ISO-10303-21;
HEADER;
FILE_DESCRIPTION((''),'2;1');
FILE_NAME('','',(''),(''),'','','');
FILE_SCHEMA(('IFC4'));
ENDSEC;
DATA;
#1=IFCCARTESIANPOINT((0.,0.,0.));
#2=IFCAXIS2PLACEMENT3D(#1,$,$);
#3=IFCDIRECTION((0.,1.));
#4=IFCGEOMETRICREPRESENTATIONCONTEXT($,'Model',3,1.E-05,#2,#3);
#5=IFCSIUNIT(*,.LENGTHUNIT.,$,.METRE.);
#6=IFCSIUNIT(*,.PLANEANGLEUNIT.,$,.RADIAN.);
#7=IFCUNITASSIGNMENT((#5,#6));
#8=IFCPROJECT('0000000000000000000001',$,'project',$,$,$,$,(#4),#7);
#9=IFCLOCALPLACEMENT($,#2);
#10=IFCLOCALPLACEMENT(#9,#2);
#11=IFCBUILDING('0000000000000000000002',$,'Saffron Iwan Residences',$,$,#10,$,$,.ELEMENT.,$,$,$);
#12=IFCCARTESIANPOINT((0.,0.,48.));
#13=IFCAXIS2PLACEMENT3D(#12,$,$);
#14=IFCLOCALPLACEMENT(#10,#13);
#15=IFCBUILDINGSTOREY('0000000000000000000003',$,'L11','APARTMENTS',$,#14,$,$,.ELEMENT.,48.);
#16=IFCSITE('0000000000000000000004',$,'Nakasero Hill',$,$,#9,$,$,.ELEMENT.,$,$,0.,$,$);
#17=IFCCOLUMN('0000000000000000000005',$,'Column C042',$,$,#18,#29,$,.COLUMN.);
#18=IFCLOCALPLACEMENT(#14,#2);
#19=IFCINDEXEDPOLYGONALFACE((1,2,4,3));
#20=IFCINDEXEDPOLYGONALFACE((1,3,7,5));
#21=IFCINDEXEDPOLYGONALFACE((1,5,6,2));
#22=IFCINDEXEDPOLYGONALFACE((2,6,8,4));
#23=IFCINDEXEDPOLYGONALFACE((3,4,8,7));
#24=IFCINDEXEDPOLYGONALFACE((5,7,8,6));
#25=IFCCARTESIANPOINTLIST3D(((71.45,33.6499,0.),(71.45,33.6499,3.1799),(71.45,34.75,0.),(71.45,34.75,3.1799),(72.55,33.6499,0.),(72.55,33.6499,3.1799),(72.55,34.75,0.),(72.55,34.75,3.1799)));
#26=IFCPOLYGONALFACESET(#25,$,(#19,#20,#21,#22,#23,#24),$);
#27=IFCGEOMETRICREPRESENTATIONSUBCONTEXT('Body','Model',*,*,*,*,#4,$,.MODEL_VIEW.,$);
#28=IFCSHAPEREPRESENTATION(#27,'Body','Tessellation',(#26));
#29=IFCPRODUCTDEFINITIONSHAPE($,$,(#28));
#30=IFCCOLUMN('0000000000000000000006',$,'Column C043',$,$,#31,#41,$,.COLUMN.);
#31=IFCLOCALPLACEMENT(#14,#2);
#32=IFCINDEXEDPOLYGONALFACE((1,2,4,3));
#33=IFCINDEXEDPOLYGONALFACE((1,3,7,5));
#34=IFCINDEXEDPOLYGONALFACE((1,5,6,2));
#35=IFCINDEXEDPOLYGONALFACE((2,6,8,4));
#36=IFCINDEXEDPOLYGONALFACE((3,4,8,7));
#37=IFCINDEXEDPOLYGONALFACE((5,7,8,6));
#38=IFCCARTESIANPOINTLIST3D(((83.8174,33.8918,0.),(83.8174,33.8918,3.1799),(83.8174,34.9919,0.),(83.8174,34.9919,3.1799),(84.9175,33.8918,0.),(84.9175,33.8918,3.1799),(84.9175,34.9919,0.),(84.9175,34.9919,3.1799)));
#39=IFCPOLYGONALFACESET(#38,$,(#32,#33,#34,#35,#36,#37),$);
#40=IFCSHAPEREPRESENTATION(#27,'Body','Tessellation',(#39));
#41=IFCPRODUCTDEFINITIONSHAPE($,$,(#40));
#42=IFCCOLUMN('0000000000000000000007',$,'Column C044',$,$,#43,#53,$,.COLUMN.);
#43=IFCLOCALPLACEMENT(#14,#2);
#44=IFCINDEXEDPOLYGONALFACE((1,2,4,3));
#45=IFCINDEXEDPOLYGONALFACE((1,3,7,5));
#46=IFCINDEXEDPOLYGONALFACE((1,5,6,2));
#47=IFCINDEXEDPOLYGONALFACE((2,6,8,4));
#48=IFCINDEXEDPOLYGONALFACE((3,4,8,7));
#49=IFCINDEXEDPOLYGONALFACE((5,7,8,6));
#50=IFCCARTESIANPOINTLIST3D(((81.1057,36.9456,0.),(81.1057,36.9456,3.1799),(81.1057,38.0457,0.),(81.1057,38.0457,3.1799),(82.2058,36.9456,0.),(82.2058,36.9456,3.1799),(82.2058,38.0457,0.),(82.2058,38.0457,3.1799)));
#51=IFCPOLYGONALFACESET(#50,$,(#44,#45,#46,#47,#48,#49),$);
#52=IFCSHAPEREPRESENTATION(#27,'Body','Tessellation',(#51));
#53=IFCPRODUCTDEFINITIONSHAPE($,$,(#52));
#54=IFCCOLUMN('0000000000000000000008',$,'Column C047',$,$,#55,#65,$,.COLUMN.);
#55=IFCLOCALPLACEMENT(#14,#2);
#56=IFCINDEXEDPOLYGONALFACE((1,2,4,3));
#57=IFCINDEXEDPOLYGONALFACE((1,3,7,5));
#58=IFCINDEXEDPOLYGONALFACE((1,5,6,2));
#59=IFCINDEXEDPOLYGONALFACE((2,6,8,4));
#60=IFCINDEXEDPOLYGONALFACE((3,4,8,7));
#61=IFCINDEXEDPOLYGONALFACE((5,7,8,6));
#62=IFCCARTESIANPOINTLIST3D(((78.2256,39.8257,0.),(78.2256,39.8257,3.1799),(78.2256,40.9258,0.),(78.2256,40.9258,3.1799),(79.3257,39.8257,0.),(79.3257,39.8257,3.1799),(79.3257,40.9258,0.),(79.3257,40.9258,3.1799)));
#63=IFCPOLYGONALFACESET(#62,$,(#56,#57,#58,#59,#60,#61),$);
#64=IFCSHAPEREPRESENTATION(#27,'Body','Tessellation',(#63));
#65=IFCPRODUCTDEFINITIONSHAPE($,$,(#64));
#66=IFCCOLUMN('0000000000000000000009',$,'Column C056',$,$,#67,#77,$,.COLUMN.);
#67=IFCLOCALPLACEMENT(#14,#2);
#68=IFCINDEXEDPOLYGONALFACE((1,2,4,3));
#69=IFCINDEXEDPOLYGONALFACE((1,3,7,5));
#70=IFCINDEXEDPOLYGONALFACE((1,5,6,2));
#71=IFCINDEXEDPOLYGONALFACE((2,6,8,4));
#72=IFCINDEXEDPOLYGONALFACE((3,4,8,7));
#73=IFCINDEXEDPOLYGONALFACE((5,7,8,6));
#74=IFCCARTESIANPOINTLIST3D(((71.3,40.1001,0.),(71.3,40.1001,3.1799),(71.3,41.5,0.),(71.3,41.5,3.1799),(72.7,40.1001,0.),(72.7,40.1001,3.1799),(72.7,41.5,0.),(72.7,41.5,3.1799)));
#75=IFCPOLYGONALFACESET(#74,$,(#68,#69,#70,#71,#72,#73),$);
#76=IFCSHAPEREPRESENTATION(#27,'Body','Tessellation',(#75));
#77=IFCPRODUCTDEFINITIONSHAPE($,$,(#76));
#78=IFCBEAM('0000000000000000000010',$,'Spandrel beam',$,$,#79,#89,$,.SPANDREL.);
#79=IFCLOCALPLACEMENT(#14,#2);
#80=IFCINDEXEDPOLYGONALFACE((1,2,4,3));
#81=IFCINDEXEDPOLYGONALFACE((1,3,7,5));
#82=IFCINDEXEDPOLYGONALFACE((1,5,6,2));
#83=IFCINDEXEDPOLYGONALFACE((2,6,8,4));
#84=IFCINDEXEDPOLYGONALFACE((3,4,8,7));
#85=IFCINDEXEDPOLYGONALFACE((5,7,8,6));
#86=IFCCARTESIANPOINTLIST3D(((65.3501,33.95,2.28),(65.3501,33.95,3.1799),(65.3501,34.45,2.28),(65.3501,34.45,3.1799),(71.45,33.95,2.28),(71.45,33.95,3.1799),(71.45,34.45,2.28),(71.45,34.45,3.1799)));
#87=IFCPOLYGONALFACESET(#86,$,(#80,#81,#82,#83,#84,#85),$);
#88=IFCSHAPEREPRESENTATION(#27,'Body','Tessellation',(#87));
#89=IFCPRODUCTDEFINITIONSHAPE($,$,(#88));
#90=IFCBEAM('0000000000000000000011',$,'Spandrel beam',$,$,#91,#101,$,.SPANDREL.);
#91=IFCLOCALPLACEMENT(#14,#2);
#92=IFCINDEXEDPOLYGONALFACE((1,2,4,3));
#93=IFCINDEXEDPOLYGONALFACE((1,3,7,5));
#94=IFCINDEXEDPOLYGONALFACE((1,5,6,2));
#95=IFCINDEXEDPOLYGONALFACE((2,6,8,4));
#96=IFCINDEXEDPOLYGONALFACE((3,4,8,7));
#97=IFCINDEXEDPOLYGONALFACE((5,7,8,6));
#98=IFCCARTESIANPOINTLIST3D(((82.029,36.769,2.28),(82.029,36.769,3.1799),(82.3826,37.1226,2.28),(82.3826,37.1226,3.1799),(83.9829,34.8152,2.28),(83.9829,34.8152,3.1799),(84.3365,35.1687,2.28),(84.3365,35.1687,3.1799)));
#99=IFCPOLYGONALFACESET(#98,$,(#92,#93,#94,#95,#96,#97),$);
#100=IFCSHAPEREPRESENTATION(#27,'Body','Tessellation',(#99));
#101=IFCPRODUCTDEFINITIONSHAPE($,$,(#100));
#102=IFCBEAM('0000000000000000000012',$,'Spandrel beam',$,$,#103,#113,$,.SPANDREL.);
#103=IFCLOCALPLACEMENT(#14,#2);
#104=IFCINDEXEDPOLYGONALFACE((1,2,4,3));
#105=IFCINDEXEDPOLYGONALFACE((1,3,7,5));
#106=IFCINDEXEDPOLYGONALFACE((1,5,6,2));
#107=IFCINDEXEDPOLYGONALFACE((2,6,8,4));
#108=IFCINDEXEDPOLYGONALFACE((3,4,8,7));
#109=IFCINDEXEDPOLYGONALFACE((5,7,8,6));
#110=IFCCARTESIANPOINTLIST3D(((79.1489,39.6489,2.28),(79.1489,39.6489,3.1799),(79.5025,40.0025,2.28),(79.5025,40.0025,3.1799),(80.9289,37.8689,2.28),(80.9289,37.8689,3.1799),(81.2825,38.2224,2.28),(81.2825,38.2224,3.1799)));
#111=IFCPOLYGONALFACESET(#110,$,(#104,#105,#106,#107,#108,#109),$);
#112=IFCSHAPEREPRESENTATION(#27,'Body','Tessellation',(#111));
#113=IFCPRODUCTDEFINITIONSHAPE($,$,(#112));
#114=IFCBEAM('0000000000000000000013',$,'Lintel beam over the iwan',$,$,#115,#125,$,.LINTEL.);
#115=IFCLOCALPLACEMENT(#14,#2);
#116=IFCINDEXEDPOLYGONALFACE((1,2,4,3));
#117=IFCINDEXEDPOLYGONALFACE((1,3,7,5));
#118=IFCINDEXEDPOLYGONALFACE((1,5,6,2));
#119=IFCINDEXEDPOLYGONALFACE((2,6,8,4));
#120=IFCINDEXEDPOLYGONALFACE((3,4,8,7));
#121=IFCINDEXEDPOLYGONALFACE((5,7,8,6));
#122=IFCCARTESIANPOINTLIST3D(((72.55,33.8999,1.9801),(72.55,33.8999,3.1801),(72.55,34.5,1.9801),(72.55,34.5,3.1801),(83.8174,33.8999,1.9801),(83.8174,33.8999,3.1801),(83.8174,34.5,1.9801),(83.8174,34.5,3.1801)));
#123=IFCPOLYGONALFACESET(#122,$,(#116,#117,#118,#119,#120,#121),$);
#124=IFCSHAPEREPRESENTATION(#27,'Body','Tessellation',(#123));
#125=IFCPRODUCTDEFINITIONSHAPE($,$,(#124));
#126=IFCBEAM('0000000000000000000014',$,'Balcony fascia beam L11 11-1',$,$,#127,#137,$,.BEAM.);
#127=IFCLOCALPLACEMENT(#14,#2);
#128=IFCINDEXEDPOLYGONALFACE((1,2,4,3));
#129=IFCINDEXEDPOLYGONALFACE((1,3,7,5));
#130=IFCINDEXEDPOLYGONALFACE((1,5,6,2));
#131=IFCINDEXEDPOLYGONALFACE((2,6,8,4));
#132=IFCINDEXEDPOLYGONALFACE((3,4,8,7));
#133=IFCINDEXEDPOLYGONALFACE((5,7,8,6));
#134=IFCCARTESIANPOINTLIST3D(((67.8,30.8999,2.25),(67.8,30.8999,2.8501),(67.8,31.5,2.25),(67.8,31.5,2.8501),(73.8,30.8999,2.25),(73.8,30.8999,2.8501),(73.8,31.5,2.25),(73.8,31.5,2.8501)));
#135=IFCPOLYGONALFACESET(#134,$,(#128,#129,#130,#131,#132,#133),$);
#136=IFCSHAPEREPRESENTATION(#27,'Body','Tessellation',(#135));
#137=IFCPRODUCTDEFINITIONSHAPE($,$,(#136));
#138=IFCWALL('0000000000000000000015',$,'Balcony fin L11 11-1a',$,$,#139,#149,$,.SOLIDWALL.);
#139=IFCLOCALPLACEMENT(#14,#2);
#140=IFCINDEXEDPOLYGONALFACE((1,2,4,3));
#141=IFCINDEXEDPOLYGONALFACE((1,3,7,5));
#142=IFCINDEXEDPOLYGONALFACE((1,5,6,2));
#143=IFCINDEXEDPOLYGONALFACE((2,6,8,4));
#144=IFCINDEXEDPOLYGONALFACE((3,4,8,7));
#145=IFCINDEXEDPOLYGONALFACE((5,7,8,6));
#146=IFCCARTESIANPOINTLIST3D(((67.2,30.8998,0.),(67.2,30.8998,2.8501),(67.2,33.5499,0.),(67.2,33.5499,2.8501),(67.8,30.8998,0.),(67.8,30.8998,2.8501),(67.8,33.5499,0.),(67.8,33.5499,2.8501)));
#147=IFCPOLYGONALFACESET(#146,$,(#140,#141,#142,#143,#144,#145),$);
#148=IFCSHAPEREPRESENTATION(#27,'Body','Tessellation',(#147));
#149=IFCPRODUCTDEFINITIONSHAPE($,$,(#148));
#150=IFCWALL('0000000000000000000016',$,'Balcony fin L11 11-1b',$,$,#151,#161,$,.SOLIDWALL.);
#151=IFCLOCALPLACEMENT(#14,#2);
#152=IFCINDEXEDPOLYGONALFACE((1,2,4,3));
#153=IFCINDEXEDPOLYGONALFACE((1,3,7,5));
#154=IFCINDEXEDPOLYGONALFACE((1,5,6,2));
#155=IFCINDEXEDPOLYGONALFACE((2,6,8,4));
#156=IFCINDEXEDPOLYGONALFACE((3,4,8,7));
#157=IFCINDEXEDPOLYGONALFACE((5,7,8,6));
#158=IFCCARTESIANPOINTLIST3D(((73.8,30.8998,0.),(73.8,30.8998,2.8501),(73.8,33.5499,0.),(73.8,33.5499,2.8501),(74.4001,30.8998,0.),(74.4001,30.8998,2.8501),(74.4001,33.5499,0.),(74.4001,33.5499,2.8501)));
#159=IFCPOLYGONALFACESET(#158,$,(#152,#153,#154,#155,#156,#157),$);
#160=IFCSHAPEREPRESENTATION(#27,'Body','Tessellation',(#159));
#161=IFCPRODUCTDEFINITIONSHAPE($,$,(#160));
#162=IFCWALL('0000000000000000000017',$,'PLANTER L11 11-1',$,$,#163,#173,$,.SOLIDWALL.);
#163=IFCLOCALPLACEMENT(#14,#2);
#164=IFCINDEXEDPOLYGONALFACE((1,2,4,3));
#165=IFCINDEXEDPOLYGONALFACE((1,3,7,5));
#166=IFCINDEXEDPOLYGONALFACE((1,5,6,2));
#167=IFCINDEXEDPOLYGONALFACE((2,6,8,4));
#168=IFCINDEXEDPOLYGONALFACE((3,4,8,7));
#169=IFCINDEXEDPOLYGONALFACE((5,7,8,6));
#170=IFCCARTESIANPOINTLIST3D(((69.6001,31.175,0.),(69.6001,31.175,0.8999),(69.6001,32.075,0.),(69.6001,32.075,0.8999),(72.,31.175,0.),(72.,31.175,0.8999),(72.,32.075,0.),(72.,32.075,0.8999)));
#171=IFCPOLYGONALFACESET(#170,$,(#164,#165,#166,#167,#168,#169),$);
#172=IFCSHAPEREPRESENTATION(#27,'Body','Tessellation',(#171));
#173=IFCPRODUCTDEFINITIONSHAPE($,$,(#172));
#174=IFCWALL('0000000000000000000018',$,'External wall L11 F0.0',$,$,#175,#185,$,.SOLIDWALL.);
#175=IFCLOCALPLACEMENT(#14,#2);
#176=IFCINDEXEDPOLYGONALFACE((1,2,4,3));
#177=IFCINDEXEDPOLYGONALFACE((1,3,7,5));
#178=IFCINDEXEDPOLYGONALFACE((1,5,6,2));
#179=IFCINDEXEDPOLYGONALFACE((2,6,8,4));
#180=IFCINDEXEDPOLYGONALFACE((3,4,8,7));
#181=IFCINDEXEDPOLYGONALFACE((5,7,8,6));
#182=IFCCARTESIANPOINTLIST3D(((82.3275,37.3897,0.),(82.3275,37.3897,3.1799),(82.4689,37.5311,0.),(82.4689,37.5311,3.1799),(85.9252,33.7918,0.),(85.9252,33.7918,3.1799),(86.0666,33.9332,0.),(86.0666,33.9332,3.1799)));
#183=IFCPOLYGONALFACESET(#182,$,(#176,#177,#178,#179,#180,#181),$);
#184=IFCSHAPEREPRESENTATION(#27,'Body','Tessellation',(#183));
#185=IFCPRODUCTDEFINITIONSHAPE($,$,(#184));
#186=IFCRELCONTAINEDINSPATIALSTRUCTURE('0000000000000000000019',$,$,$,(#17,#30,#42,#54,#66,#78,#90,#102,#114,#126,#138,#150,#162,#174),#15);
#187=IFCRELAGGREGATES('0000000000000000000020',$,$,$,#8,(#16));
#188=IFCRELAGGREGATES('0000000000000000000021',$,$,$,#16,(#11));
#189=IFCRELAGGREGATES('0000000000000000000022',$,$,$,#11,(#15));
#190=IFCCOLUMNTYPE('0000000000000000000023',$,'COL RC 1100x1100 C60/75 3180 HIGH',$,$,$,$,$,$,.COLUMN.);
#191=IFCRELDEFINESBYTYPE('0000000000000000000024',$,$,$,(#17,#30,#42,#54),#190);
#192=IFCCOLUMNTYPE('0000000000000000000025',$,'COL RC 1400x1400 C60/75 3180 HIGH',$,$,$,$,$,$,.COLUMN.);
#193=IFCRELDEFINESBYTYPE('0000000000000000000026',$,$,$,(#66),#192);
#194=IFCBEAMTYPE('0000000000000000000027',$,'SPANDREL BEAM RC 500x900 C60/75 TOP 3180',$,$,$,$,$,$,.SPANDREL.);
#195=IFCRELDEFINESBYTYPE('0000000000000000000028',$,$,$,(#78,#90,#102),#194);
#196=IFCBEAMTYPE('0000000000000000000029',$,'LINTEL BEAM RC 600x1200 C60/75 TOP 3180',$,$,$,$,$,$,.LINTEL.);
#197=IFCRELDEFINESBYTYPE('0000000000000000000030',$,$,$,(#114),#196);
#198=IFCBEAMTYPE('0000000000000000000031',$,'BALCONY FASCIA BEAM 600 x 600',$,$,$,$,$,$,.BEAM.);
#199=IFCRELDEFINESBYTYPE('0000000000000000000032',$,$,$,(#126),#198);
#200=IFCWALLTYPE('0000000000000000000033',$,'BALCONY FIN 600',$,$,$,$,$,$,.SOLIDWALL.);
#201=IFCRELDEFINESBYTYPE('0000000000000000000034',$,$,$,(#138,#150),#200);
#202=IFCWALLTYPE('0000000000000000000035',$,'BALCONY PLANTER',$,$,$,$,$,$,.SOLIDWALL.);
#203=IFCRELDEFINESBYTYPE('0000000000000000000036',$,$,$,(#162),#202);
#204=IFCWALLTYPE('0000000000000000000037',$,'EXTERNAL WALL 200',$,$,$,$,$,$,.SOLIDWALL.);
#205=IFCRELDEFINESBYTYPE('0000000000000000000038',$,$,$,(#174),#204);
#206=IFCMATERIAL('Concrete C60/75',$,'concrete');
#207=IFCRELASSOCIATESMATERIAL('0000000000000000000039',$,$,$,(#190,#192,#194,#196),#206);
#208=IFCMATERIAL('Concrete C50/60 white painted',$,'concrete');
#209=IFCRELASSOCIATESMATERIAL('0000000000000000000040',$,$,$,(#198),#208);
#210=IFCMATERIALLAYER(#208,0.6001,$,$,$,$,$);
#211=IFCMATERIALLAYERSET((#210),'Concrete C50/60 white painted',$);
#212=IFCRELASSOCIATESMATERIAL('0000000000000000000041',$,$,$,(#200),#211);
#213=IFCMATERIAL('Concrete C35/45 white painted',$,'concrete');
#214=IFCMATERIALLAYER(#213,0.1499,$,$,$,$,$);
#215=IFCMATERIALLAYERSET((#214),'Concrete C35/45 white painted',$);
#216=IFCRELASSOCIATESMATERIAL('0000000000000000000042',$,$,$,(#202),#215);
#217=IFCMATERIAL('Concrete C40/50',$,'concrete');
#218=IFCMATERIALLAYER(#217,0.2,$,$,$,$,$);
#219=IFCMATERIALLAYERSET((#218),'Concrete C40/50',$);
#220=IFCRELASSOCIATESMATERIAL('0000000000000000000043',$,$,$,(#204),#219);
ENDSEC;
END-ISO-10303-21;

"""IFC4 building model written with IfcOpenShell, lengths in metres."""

from ifc_helpers import new_model, si_unit, direction, frame, frame_2d, origin, origin_2d, place, context, subcontext, project, spatial, rectangle, extrude, source, transform, mapped, material, layer, layer_set, material_profile, profile_set, type_object, element, save


model = new_model("IFC4")

# Units and contexts
model_context = context("Model", 3, precision=1e-05, world=origin(), true_north=direction((0.0, 1.0)))
body_context = subcontext(model_context, "Body", "Model", "MODEL_VIEW")
ifc_project = project(units=[si_unit("LENGTHUNIT", "METRE"), si_unit("PLANEANGLEUNIT", "RADIAN")], contexts=[model_context])

# Site, building, storey
site_placement = place(None, origin())
site = spatial("IfcSite", under=ifc_project, at=site_placement, Name="Nakasero Hill", CompositionType="ELEMENT", RefElevation=0.0)
building_placement = place(site_placement, origin())
building = spatial("IfcBuilding", under=site, at=building_placement, Name="Saffron Iwan Residences", CompositionType="ELEMENT")
storey_placement = place(building_placement, frame((0.0, 0.0, 48.0)))
storey = spatial("IfcBuildingStorey", under=building, at=storey_placement, Name="L11", Description="APARTMENTS", CompositionType="ELEMENT", Elevation=48.0)

# Columns
ifc_material_1 = material(Name="Concrete C60/75", Category="concrete")
ifc_material_profile_1 = material_profile(ifc_material_1, rectangle(XDim=1.1001, YDim=1.1001, at=origin_2d()), Name="RC 1100x1100")
ifc_profile_set_1 = profile_set([ifc_material_profile_1], Name="Concrete C60/75")
column_type_1 = type_object("IfcColumnType", Name="COL RC 1100x1100 C60/75 3180 HIGH", PredefinedType="COLUMN", material=ifc_profile_set_1)
shared_shape_1 = source(origin(), body_context, "Body", "SweptSolid", [
    extrude(rectangle(XDim=1.1001, YDim=1.1001, at=origin_2d()), origin(), (0.0, 0.0, 1.0), 3.1799),
])
for number, where, z_axis, x_axis, name in (
    (1, (72.0, 34.2, 0.0), (0.0, 0.0, 1.0), (1.0, 0.0, 0.0), "Column C042"),
    (2, (84.3674, 34.4419, 0.0), (0.0, 0.0, 1.0), (1.0, 0.0, 0.0), "Column C043"),
    (3, (81.6558, 37.4956, 0.0), (0.0, 0.0, 1.0), (1.0, 0.0, 0.0), "Column C044"),
    (4, (78.7756, 40.3757, 0.0), (0.0, 0.0, 1.0), (1.0, 0.0, 0.0), "Column C047"),
):
    element("IfcColumn", number, at=place(storey_placement, frame(where, z_axis=z_axis, x_axis=x_axis)), inside=storey, type_object=column_type_1, Name=name, PredefinedType="COLUMN", context=body_context, shape_type="MappedRepresentation", body=[
        mapped(shared_shape_1, transform((0.0, 0.0, 0.0))),
    ])
ifc_material_profile_2 = material_profile(ifc_material_1, rectangle(XDim=1.3999, YDim=1.3999, at=origin_2d()), Name="RC 1400x1400")
ifc_profile_set_2 = profile_set([ifc_material_profile_2], Name="Concrete C60/75")
column_type_2 = type_object("IfcColumnType", Name="COL RC 1400x1400 C60/75 3180 HIGH", PredefinedType="COLUMN", material=ifc_profile_set_2)
shared_shape_2 = source(origin(), body_context, "Body", "SweptSolid", [
    extrude(rectangle(XDim=1.3999, YDim=1.3999, at=origin_2d()), origin(), (0.0, 0.0, 1.0), 3.1799),
])
column_placement = place(storey_placement, frame((72.0, 40.8, 0.0), z_axis=(0.0, 0.0, 1.0), x_axis=(1.0, 0.0, 0.0)))
element("IfcColumn", 5, at=column_placement, inside=storey, type_object=column_type_2, Name="Column C056", PredefinedType="COLUMN", context=body_context, shape_type="MappedRepresentation", body=[
    mapped(shared_shape_2, transform((0.0, 0.0, 0.0))),
])

# Beams
ifc_material_profile_3 = material_profile(ifc_material_1, rectangle(XDim=0.5, YDim=0.8999, at=origin_2d()), Name="RC 500x900")
ifc_profile_set_3 = profile_set([ifc_material_profile_3], Name="Concrete C60/75")
beam_type_1 = type_object("IfcBeamType", Name="SPANDREL BEAM RC 500x900 C60/75 TOP 3180", PredefinedType="SPANDREL", material=ifc_profile_set_3)
shared_shape_3 = source(origin(), body_context, "Body", "SweptSolid", [
    extrude(rectangle(XDim=0.5, YDim=0.8999, at=origin_2d()), origin(), (0.0, 0.0, 1.0), 6.0999),
])
beam_1_placement = place(storey_placement, frame((71.45, 34.2, 2.73), z_axis=(-1.0, 0.0, 0.0), x_axis=(0.0, -1.0, 0.0)))
element("IfcBeam", 6, at=beam_1_placement, inside=storey, type_object=beam_type_1, Name="Spandrel beam", PredefinedType="SPANDREL", context=body_context, shape_type="MappedRepresentation", body=[
    mapped(shared_shape_3, transform((0.0, 0.0, 0.0))),
])
shared_shape_4 = source(origin(), body_context, "Body", "SweptSolid", [
    extrude(rectangle(XDim=0.5, YDim=0.8999, at=origin_2d()), origin(), (0.0, 0.0, 1.0), 2.7632),
])
beam_2_placement = place(storey_placement, frame((82.2058, 36.9458, 2.73), z_axis=(0.707107, -0.707107, 0.0), x_axis=(0.707107, 0.707107, 0.0)))
element("IfcBeam", 7, at=beam_2_placement, inside=storey, type_object=beam_type_1, Name="Spandrel beam", PredefinedType="SPANDREL", context=body_context, shape_type="MappedRepresentation", body=[
    mapped(shared_shape_4, transform((0.0, 0.0, 0.0))),
])
shared_shape_5 = source(origin(), body_context, "Body", "SweptSolid", [
    extrude(rectangle(XDim=0.5, YDim=0.8999, at=origin_2d()), origin(), (0.0, 0.0, 1.0), 2.5173),
])
beam_3_placement = place(storey_placement, frame((79.3257, 39.8257, 2.73), z_axis=(0.707107, -0.707107, 0.0), x_axis=(0.707107, 0.707107, 0.0)))
element("IfcBeam", 8, at=beam_3_placement, inside=storey, type_object=beam_type_1, Name="Spandrel beam", PredefinedType="SPANDREL", context=body_context, shape_type="MappedRepresentation", body=[
    mapped(shared_shape_5, transform((0.0, 0.0, 0.0))),
])
ifc_material_profile_4 = material_profile(ifc_material_1, rectangle(XDim=0.6001, YDim=1.2, at=origin_2d()), Name="RC 600x1200")
ifc_profile_set_4 = profile_set([ifc_material_profile_4], Name="Concrete C60/75")
beam_type_2 = type_object("IfcBeamType", Name="LINTEL BEAM RC 600x1200 C60/75 TOP 3180", PredefinedType="LINTEL", material=ifc_profile_set_4)
shared_shape_6 = source(origin(), body_context, "Body", "SweptSolid", [
    extrude(rectangle(XDim=0.6001, YDim=1.2, at=origin_2d()), origin(), (0.0, 0.0, 1.0), 11.2673),
])
beam_4_placement = place(storey_placement, frame((83.8174, 34.2, 2.5801), z_axis=(-1.0, 0.0, 0.0), x_axis=(0.0, -1.0, 0.0)))
element("IfcBeam", 9, at=beam_4_placement, inside=storey, type_object=beam_type_2, Name="Lintel beam over the iwan", PredefinedType="LINTEL", context=body_context, shape_type="MappedRepresentation", body=[
    mapped(shared_shape_6, transform((0.0, 0.0, 0.0))),
])
ifc_material_2 = material(Name="Concrete C50/60 white painted", Category="concrete")
ifc_material_profile_5 = material_profile(ifc_material_2, rectangle(XDim=0.6001, YDim=0.6001, at=origin_2d()), Name="BALCONY FASCIA BEAM 600 x 600")
ifc_profile_set_5 = profile_set([ifc_material_profile_5], Name="Concrete C50/60 white painted")
beam_type_3 = type_object("IfcBeamType", Name="BALCONY FASCIA BEAM 600 x 600", PredefinedType="BEAM", material=ifc_profile_set_5)
shared_shape_7 = source(origin(), body_context, "Body", "SweptSolid", [
    extrude(rectangle(XDim=0.6001, YDim=0.6001, at=origin_2d()), origin(), (0.0, 0.0, 1.0), 6.0),
])
beam_5_placement = place(storey_placement, frame((67.8, 31.2, 2.55), z_axis=(1.0, 0.0, 0.0), x_axis=(0.0, 1.0, 0.0)))
element("IfcBeam", 10, at=beam_5_placement, inside=storey, type_object=beam_type_3, Name="Balcony fascia beam L11 11-1", PredefinedType="BEAM", context=body_context, shape_type="MappedRepresentation", body=[
    mapped(shared_shape_7, transform((0.0, 0.0, 0.0))),
])

# Walls
ifc_layer_1 = layer(ifc_material_2, 0.6001)
ifc_layer_set_1 = layer_set([ifc_layer_1], Name="Concrete C50/60 white painted")
wall_type_1 = type_object("IfcWallType", Name="BALCONY FIN 600", PredefinedType="SOLIDWALL", material=ifc_layer_set_1)
for number, where, z_axis, x_axis, name in (
    (11, (67.5, 33.55, 0.0), (0.0, 0.0, 1.0), (0.0, -1.0, 0.0), "Balcony fin L11 11-1a"),
    (12, (74.1001, 33.55, 0.0), (0.0, 0.0, 1.0), (0.0, -1.0, 0.0), "Balcony fin L11 11-1b"),
):
    element("IfcWall", number, at=place(storey_placement, frame(where, z_axis=z_axis, x_axis=x_axis)), inside=storey, type_object=wall_type_1, Name=name, PredefinedType="SOLIDWALL", context=body_context, shape_type="SweptSolid", body=[
        extrude(rectangle(XDim=2.6501, YDim=0.6001, at=frame_2d((1.3252, 0.0))), origin(), (0.0, 0.0, 1.0), 2.8501),
    ])
ifc_material_3 = material(Name="Concrete C35/45 white painted", Category="concrete")
ifc_layer_2 = layer(ifc_material_3, 0.1499)
ifc_layer_set_2 = layer_set([ifc_layer_2], Name="Concrete C35/45 white painted")
wall_type_2 = type_object("IfcWallType", Name="BALCONY PLANTER", PredefinedType="SOLIDWALL", material=ifc_layer_set_2)
wall_1_placement = place(storey_placement, frame((69.6001, 31.625, 0.0), z_axis=(0.0, 0.0, 1.0), x_axis=(1.0, 0.0, 0.0)))
element("IfcWall", 13, at=wall_1_placement, inside=storey, type_object=wall_type_2, Name="PLANTER L11 11-1", PredefinedType="SOLIDWALL", context=body_context, shape_type="SweptSolid", body=[
    extrude(rectangle(XDim=2.3999, YDim=0.8999, at=frame_2d((1.2, 0.0))), origin(), (0.0, 0.0, 1.0), 0.8999),
])
ifc_material_4 = material(Name="Concrete C40/50", Category="concrete")
ifc_layer_3 = layer(ifc_material_4, 0.2)
ifc_layer_set_3 = layer_set([ifc_layer_3], Name="Concrete C40/50")
wall_type_3 = type_object("IfcWallType", Name="EXTERNAL WALL 200", PredefinedType="SOLIDWALL", material=ifc_layer_set_3)
wall_2_placement = place(storey_placement, frame((85.9958, 33.8625, 0.0), z_axis=(0.0, 0.0, 1.0), x_axis=(-0.707083, 0.707131, 0.0)))
element("IfcWall", 14, at=wall_2_placement, inside=storey, type_object=wall_type_3, Name="External wall L11 F0.0", PredefinedType="SOLIDWALL", context=body_context, shape_type="SweptSolid", body=[
    extrude(rectangle(XDim=5.0881, YDim=0.2, at=frame_2d((2.5439, 0.0))), origin(), (0.0, 0.0, 1.0), 3.1799),
])

save(model, "model.ifc")
